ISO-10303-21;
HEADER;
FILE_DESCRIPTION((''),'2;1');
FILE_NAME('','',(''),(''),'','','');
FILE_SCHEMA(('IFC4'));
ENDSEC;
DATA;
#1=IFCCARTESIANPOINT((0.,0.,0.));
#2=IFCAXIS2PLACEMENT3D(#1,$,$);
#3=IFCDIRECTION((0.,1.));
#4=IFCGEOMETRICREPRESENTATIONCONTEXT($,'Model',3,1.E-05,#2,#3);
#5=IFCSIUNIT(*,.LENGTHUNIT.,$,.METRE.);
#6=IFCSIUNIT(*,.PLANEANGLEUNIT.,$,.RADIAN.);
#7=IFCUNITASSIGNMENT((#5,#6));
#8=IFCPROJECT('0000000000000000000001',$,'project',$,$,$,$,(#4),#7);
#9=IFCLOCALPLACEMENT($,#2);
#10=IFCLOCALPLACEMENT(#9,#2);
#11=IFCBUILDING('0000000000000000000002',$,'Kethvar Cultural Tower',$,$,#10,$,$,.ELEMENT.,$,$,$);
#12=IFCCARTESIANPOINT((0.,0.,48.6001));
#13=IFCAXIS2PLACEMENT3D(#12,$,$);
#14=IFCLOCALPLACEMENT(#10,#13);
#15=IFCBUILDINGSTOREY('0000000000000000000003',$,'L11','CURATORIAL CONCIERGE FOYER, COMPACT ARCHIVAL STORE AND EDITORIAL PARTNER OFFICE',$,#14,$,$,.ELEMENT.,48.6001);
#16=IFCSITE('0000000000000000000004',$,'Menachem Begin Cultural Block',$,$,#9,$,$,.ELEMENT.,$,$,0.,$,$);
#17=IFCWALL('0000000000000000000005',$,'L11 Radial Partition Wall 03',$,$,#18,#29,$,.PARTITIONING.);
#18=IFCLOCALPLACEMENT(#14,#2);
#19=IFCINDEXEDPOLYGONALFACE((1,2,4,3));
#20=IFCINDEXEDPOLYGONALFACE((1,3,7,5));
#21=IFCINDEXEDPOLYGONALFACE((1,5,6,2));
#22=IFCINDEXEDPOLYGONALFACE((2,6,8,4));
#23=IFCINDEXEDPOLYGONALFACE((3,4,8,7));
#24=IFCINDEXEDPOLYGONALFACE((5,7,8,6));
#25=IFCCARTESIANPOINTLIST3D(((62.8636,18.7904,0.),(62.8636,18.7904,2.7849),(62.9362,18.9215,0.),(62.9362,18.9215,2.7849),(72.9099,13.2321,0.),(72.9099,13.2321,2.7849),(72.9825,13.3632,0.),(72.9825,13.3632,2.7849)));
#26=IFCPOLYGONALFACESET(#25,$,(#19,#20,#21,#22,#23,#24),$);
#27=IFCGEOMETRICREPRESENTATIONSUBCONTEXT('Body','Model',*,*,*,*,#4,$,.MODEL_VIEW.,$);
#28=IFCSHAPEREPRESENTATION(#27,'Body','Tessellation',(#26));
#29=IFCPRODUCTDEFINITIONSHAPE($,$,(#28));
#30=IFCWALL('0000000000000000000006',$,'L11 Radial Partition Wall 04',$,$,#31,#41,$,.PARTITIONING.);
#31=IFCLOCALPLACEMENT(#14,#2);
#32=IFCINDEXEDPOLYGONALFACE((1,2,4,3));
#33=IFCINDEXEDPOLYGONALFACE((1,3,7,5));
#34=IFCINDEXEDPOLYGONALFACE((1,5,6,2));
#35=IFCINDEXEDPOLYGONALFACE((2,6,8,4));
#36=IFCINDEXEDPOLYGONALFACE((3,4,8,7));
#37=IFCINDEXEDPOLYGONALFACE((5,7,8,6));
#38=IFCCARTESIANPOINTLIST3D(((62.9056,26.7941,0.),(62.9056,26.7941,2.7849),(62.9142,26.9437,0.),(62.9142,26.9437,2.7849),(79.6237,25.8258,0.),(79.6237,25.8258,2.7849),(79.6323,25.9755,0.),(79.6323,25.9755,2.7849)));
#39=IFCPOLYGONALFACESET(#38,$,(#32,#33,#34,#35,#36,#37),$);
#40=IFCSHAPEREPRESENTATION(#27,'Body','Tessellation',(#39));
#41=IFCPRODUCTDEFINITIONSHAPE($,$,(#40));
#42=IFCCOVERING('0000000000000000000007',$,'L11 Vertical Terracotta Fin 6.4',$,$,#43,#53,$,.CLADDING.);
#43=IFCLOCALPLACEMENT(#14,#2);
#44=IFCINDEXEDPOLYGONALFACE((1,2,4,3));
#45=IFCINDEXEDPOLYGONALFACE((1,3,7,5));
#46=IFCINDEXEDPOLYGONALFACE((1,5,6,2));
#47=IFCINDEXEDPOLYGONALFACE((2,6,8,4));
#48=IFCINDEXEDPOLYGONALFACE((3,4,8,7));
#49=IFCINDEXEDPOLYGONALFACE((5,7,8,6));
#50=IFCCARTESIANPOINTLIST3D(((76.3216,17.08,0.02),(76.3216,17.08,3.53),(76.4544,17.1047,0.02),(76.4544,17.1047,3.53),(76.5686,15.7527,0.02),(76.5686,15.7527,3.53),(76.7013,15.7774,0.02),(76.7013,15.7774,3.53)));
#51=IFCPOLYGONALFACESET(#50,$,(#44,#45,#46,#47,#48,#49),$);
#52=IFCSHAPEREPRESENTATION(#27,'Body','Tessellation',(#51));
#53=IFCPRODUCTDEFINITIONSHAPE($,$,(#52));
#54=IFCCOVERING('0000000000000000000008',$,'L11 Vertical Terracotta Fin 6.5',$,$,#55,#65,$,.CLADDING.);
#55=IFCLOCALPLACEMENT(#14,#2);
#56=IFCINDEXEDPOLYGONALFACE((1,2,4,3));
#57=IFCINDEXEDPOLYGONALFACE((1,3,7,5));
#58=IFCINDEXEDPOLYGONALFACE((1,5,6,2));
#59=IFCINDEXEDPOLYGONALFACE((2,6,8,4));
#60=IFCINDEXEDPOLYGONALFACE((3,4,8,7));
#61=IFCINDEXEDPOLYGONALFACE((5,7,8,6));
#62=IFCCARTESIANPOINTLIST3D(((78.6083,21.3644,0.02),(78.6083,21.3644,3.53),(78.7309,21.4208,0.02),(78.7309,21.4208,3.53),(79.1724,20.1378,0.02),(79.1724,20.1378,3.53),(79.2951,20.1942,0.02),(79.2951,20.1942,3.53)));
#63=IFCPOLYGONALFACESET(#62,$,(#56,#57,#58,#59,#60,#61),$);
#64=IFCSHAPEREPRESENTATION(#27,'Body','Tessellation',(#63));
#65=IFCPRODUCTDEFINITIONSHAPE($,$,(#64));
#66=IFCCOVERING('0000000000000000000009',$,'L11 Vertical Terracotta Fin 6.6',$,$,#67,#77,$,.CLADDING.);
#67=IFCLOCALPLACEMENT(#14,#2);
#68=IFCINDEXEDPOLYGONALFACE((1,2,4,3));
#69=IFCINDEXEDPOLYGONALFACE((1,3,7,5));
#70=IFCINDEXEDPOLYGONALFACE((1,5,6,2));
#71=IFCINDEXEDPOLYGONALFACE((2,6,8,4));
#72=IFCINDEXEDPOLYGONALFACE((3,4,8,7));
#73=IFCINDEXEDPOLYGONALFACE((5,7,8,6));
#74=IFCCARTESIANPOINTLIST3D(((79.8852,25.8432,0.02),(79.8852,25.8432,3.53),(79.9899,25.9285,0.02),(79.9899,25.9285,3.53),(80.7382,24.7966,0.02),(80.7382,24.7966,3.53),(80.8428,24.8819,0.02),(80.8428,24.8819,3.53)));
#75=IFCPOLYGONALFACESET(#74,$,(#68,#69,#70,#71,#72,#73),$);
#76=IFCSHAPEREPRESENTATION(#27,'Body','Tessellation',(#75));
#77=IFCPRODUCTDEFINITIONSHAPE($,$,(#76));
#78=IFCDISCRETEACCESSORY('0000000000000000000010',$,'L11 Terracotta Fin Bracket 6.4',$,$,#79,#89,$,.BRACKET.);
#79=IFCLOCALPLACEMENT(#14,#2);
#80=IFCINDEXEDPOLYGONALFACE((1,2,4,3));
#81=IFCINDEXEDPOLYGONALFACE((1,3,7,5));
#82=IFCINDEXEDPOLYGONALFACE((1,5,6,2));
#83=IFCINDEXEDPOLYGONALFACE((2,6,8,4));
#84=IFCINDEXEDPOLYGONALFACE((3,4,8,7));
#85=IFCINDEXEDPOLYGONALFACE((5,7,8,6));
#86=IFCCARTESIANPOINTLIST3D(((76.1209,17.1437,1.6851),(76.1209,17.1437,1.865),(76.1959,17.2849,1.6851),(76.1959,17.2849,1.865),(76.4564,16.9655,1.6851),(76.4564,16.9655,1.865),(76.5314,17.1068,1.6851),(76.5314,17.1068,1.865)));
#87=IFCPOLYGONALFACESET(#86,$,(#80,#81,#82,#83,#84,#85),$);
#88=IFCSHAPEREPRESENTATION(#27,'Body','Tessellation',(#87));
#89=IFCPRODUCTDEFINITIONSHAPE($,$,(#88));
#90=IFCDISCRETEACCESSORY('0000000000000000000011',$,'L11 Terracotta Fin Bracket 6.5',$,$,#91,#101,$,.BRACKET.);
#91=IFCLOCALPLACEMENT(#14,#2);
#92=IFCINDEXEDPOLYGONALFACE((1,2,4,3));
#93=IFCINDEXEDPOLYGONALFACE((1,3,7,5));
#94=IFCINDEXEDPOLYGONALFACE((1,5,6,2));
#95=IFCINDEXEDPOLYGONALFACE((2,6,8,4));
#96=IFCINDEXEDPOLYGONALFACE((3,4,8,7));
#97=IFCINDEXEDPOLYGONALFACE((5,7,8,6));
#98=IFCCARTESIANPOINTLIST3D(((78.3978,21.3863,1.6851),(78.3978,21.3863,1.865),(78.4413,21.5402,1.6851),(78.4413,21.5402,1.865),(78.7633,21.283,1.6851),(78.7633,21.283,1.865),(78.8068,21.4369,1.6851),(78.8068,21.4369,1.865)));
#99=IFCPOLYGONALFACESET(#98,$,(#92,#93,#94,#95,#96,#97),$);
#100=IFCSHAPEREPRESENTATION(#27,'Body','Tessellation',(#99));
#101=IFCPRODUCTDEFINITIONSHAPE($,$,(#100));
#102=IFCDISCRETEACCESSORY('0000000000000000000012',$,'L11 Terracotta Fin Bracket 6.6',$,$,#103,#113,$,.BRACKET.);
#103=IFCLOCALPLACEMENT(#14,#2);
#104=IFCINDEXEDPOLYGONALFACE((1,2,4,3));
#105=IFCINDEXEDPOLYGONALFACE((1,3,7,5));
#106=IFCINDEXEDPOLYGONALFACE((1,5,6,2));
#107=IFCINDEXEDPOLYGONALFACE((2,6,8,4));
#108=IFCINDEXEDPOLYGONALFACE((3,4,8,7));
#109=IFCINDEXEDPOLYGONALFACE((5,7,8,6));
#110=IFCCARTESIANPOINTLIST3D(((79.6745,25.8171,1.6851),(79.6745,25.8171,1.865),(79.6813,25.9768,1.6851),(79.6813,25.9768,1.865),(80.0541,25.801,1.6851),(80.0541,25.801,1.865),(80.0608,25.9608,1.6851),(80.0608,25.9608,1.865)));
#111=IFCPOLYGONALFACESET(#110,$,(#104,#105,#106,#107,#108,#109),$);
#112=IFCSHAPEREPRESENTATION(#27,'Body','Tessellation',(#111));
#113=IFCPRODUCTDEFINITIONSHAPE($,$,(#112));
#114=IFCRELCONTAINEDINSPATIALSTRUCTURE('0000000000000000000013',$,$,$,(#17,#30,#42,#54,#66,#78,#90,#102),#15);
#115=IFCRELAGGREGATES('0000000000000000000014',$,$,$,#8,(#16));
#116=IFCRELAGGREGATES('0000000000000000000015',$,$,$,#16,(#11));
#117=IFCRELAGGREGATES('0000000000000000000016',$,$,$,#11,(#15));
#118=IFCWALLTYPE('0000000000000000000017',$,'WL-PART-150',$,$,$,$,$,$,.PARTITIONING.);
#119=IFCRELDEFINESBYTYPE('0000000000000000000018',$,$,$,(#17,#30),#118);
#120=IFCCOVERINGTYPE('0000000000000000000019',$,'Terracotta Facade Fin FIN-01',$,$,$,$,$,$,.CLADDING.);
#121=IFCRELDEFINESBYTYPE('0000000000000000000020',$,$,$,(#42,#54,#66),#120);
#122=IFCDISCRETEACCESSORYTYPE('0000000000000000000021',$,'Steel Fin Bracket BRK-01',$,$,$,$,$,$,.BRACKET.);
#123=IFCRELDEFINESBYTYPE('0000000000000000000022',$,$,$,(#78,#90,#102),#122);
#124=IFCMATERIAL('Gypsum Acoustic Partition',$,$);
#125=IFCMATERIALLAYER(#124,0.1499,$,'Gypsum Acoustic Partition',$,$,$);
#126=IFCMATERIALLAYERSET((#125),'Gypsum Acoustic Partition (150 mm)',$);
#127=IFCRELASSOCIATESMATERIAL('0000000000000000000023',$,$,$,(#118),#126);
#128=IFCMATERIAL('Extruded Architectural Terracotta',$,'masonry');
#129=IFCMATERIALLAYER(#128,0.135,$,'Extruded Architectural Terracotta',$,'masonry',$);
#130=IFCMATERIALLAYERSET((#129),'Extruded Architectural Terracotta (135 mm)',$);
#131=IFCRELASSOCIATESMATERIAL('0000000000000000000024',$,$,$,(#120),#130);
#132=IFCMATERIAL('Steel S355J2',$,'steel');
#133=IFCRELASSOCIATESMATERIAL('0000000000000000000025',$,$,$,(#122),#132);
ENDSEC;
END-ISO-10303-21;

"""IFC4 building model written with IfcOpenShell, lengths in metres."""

from ifc_helpers import new_model, si_unit, direction, frame, frame_2d, origin, origin_2d, place, context, subcontext, project, spatial, rectangle, extrude, source, transform, mapped, material, layer, layer_set, type_object, element, save


model = new_model("IFC4")

# Units and contexts
model_context = context("Model", 3, precision=1e-05, world=origin(), true_north=direction((0.0, 1.0)))
body_context = subcontext(model_context, "Body", "Model", "MODEL_VIEW")
ifc_project = project(units=[si_unit("LENGTHUNIT", "METRE"), si_unit("PLANEANGLEUNIT", "RADIAN")], contexts=[model_context])

# Site, building, storey
site_placement = place(None, origin())
site = spatial("IfcSite", under=ifc_project, at=site_placement, Name="Menachem Begin Cultural Block", CompositionType="ELEMENT", RefElevation=0.0)
building_placement = place(site_placement, origin())
building = spatial("IfcBuilding", under=site, at=building_placement, Name="Kethvar Cultural Tower", CompositionType="ELEMENT")
storey_placement = place(building_placement, frame((0.0, 0.0, 48.6001)))
storey = spatial("IfcBuildingStorey", under=building, at=storey_placement, Name="L11", Description="CURATORIAL CONCIERGE FOYER, COMPACT ARCHIVAL STORE AND EDITORIAL PARTNER OFFICE", CompositionType="ELEMENT", Elevation=48.6001)

# Shared definitions
ifc_material_1 = material(Name="Steel S355J2", Category="steel")

# Walls
ifc_material_2 = material(Name="Gypsum Acoustic Partition")
ifc_layer_1 = layer(ifc_material_2, 0.1499, Name="Gypsum Acoustic Partition")
ifc_layer_set_1 = layer_set([ifc_layer_1], Name="Gypsum Acoustic Partition (150 mm)")
wall_type_1 = type_object("IfcWallType", Name="WL-PART-150", PredefinedType="PARTITIONING", material=ifc_layer_set_1)
wall_1_placement = place(storey_placement, frame((62.8999, 18.856, 0.0), z_axis=(0.0, 0.0, 1.0), x_axis=(0.875005, -0.484113, 0.0)))
element("IfcWall", 1, at=wall_1_placement, inside=storey, type_object=wall_type_1, Name="L11 Radial Partition Wall 03", PredefinedType="PARTITIONING", context=body_context, shape_type="SweptSolid", body=[
    extrude(rectangle(XDim=11.4814, YDim=0.1499, at=frame_2d((5.7407, 0.0))), origin(), (0.0, 0.0, 1.0), 2.7849),
])
wall_2_placement = place(storey_placement, frame((62.9099, 26.8689, 0.0), z_axis=(0.0, 0.0, 1.0), x_axis=(0.998327, -0.05782, 0.0)))
element("IfcWall", 2, at=wall_2_placement, inside=storey, type_object=wall_type_1, Name="L11 Radial Partition Wall 04", PredefinedType="PARTITIONING", context=body_context, shape_type="SweptSolid", body=[
    extrude(rectangle(XDim=16.7461, YDim=0.1499, at=frame_2d((8.373, 0.0))), origin(), (0.0, 0.0, 1.0), 2.7849),
])

# Coverings
ifc_material_3 = material(Name="Extruded Architectural Terracotta", Category="masonry")
ifc_layer_2 = layer(ifc_material_3, 0.135, Name="Extruded Architectural Terracotta", Category="masonry")
ifc_layer_set_2 = layer_set([ifc_layer_2], Name="Extruded Architectural Terracotta (135 mm)")
covering_type = type_object("IfcCoveringType", Name="Terracotta Facade Fin FIN-01", PredefinedType="CLADDING", material=ifc_layer_set_2)
shared_shape_1 = source(origin(), body_context, "Body", "SweptSolid", [
    extrude(rectangle(XDim=1.3501, YDim=0.135, at=origin_2d()), origin(), (0.0, 0.0, 1.0), 3.51),
])
for number, where, z_axis, x_axis, name in (
    (3, (76.5115, 16.4287, 0.02), (0.0, 0.0, 1.0), (0.182922, -0.983127, 0.0), "L11 Vertical Terracotta Fin 6.4"),
    (4, (78.9517, 20.7793, 0.02), (0.0, 0.0, 1.0), (0.417867, -0.908508, 0.0), "L11 Vertical Terracotta Fin 6.5"),
    (5, (80.364, 25.3625, 0.02), (0.0, 0.0, 1.0), (0.631759, -0.775165, 0.0), "L11 Vertical Terracotta Fin 6.6"),
):
    element("IfcCovering", number, at=place(storey_placement, frame(where, z_axis=z_axis, x_axis=x_axis)), inside=storey, type_object=covering_type, Name=name, PredefinedType="CLADDING", context=body_context, shape_type="MappedRepresentation", body=[
        mapped(shared_shape_1, transform((0.0, 0.0, 0.0), scale=1.0)),
    ])

# Discrete accessories
discrete_accessory_type = type_object("IfcDiscreteAccessoryType", Name="Steel Fin Bracket BRK-01", PredefinedType="BRACKET", material=ifc_material_1)
shared_shape_2 = source(origin(), body_context, "Body", "SweptSolid", [
    extrude(rectangle(XDim=0.3799, YDim=0.1599, at=origin_2d()), origin(), (0.0, 0.0, 1.0), 0.1799),
])
for number, where, z_axis, x_axis, name in (
    (6, (76.3262, 17.1252, 1.6851), (0.0, 0.0, 1.0), (0.883193, -0.469009, 0.0), "L11 Terracotta Fin Bracket 6.4"),
    (7, (78.6023, 21.4116, 1.6851), (0.0, 0.0, 1.0), (0.962313, -0.271944, 0.0), "L11 Terracotta Fin Bracket 6.5"),
    (8, (79.8677, 25.8889, 1.6851), (0.0, 0.0, 1.0), (0.999108, -0.042224, 0.0), "L11 Terracotta Fin Bracket 6.6"),
):
    element("IfcDiscreteAccessory", number, at=place(storey_placement, frame(where, z_axis=z_axis, x_axis=x_axis)), inside=storey, type_object=discrete_accessory_type, Name=name, PredefinedType="BRACKET", context=body_context, shape_type="MappedRepresentation", body=[
        mapped(shared_shape_2, transform((0.0, 0.0, 0.0), scale=1.0)),
    ])

save(model, "model.ifc")
